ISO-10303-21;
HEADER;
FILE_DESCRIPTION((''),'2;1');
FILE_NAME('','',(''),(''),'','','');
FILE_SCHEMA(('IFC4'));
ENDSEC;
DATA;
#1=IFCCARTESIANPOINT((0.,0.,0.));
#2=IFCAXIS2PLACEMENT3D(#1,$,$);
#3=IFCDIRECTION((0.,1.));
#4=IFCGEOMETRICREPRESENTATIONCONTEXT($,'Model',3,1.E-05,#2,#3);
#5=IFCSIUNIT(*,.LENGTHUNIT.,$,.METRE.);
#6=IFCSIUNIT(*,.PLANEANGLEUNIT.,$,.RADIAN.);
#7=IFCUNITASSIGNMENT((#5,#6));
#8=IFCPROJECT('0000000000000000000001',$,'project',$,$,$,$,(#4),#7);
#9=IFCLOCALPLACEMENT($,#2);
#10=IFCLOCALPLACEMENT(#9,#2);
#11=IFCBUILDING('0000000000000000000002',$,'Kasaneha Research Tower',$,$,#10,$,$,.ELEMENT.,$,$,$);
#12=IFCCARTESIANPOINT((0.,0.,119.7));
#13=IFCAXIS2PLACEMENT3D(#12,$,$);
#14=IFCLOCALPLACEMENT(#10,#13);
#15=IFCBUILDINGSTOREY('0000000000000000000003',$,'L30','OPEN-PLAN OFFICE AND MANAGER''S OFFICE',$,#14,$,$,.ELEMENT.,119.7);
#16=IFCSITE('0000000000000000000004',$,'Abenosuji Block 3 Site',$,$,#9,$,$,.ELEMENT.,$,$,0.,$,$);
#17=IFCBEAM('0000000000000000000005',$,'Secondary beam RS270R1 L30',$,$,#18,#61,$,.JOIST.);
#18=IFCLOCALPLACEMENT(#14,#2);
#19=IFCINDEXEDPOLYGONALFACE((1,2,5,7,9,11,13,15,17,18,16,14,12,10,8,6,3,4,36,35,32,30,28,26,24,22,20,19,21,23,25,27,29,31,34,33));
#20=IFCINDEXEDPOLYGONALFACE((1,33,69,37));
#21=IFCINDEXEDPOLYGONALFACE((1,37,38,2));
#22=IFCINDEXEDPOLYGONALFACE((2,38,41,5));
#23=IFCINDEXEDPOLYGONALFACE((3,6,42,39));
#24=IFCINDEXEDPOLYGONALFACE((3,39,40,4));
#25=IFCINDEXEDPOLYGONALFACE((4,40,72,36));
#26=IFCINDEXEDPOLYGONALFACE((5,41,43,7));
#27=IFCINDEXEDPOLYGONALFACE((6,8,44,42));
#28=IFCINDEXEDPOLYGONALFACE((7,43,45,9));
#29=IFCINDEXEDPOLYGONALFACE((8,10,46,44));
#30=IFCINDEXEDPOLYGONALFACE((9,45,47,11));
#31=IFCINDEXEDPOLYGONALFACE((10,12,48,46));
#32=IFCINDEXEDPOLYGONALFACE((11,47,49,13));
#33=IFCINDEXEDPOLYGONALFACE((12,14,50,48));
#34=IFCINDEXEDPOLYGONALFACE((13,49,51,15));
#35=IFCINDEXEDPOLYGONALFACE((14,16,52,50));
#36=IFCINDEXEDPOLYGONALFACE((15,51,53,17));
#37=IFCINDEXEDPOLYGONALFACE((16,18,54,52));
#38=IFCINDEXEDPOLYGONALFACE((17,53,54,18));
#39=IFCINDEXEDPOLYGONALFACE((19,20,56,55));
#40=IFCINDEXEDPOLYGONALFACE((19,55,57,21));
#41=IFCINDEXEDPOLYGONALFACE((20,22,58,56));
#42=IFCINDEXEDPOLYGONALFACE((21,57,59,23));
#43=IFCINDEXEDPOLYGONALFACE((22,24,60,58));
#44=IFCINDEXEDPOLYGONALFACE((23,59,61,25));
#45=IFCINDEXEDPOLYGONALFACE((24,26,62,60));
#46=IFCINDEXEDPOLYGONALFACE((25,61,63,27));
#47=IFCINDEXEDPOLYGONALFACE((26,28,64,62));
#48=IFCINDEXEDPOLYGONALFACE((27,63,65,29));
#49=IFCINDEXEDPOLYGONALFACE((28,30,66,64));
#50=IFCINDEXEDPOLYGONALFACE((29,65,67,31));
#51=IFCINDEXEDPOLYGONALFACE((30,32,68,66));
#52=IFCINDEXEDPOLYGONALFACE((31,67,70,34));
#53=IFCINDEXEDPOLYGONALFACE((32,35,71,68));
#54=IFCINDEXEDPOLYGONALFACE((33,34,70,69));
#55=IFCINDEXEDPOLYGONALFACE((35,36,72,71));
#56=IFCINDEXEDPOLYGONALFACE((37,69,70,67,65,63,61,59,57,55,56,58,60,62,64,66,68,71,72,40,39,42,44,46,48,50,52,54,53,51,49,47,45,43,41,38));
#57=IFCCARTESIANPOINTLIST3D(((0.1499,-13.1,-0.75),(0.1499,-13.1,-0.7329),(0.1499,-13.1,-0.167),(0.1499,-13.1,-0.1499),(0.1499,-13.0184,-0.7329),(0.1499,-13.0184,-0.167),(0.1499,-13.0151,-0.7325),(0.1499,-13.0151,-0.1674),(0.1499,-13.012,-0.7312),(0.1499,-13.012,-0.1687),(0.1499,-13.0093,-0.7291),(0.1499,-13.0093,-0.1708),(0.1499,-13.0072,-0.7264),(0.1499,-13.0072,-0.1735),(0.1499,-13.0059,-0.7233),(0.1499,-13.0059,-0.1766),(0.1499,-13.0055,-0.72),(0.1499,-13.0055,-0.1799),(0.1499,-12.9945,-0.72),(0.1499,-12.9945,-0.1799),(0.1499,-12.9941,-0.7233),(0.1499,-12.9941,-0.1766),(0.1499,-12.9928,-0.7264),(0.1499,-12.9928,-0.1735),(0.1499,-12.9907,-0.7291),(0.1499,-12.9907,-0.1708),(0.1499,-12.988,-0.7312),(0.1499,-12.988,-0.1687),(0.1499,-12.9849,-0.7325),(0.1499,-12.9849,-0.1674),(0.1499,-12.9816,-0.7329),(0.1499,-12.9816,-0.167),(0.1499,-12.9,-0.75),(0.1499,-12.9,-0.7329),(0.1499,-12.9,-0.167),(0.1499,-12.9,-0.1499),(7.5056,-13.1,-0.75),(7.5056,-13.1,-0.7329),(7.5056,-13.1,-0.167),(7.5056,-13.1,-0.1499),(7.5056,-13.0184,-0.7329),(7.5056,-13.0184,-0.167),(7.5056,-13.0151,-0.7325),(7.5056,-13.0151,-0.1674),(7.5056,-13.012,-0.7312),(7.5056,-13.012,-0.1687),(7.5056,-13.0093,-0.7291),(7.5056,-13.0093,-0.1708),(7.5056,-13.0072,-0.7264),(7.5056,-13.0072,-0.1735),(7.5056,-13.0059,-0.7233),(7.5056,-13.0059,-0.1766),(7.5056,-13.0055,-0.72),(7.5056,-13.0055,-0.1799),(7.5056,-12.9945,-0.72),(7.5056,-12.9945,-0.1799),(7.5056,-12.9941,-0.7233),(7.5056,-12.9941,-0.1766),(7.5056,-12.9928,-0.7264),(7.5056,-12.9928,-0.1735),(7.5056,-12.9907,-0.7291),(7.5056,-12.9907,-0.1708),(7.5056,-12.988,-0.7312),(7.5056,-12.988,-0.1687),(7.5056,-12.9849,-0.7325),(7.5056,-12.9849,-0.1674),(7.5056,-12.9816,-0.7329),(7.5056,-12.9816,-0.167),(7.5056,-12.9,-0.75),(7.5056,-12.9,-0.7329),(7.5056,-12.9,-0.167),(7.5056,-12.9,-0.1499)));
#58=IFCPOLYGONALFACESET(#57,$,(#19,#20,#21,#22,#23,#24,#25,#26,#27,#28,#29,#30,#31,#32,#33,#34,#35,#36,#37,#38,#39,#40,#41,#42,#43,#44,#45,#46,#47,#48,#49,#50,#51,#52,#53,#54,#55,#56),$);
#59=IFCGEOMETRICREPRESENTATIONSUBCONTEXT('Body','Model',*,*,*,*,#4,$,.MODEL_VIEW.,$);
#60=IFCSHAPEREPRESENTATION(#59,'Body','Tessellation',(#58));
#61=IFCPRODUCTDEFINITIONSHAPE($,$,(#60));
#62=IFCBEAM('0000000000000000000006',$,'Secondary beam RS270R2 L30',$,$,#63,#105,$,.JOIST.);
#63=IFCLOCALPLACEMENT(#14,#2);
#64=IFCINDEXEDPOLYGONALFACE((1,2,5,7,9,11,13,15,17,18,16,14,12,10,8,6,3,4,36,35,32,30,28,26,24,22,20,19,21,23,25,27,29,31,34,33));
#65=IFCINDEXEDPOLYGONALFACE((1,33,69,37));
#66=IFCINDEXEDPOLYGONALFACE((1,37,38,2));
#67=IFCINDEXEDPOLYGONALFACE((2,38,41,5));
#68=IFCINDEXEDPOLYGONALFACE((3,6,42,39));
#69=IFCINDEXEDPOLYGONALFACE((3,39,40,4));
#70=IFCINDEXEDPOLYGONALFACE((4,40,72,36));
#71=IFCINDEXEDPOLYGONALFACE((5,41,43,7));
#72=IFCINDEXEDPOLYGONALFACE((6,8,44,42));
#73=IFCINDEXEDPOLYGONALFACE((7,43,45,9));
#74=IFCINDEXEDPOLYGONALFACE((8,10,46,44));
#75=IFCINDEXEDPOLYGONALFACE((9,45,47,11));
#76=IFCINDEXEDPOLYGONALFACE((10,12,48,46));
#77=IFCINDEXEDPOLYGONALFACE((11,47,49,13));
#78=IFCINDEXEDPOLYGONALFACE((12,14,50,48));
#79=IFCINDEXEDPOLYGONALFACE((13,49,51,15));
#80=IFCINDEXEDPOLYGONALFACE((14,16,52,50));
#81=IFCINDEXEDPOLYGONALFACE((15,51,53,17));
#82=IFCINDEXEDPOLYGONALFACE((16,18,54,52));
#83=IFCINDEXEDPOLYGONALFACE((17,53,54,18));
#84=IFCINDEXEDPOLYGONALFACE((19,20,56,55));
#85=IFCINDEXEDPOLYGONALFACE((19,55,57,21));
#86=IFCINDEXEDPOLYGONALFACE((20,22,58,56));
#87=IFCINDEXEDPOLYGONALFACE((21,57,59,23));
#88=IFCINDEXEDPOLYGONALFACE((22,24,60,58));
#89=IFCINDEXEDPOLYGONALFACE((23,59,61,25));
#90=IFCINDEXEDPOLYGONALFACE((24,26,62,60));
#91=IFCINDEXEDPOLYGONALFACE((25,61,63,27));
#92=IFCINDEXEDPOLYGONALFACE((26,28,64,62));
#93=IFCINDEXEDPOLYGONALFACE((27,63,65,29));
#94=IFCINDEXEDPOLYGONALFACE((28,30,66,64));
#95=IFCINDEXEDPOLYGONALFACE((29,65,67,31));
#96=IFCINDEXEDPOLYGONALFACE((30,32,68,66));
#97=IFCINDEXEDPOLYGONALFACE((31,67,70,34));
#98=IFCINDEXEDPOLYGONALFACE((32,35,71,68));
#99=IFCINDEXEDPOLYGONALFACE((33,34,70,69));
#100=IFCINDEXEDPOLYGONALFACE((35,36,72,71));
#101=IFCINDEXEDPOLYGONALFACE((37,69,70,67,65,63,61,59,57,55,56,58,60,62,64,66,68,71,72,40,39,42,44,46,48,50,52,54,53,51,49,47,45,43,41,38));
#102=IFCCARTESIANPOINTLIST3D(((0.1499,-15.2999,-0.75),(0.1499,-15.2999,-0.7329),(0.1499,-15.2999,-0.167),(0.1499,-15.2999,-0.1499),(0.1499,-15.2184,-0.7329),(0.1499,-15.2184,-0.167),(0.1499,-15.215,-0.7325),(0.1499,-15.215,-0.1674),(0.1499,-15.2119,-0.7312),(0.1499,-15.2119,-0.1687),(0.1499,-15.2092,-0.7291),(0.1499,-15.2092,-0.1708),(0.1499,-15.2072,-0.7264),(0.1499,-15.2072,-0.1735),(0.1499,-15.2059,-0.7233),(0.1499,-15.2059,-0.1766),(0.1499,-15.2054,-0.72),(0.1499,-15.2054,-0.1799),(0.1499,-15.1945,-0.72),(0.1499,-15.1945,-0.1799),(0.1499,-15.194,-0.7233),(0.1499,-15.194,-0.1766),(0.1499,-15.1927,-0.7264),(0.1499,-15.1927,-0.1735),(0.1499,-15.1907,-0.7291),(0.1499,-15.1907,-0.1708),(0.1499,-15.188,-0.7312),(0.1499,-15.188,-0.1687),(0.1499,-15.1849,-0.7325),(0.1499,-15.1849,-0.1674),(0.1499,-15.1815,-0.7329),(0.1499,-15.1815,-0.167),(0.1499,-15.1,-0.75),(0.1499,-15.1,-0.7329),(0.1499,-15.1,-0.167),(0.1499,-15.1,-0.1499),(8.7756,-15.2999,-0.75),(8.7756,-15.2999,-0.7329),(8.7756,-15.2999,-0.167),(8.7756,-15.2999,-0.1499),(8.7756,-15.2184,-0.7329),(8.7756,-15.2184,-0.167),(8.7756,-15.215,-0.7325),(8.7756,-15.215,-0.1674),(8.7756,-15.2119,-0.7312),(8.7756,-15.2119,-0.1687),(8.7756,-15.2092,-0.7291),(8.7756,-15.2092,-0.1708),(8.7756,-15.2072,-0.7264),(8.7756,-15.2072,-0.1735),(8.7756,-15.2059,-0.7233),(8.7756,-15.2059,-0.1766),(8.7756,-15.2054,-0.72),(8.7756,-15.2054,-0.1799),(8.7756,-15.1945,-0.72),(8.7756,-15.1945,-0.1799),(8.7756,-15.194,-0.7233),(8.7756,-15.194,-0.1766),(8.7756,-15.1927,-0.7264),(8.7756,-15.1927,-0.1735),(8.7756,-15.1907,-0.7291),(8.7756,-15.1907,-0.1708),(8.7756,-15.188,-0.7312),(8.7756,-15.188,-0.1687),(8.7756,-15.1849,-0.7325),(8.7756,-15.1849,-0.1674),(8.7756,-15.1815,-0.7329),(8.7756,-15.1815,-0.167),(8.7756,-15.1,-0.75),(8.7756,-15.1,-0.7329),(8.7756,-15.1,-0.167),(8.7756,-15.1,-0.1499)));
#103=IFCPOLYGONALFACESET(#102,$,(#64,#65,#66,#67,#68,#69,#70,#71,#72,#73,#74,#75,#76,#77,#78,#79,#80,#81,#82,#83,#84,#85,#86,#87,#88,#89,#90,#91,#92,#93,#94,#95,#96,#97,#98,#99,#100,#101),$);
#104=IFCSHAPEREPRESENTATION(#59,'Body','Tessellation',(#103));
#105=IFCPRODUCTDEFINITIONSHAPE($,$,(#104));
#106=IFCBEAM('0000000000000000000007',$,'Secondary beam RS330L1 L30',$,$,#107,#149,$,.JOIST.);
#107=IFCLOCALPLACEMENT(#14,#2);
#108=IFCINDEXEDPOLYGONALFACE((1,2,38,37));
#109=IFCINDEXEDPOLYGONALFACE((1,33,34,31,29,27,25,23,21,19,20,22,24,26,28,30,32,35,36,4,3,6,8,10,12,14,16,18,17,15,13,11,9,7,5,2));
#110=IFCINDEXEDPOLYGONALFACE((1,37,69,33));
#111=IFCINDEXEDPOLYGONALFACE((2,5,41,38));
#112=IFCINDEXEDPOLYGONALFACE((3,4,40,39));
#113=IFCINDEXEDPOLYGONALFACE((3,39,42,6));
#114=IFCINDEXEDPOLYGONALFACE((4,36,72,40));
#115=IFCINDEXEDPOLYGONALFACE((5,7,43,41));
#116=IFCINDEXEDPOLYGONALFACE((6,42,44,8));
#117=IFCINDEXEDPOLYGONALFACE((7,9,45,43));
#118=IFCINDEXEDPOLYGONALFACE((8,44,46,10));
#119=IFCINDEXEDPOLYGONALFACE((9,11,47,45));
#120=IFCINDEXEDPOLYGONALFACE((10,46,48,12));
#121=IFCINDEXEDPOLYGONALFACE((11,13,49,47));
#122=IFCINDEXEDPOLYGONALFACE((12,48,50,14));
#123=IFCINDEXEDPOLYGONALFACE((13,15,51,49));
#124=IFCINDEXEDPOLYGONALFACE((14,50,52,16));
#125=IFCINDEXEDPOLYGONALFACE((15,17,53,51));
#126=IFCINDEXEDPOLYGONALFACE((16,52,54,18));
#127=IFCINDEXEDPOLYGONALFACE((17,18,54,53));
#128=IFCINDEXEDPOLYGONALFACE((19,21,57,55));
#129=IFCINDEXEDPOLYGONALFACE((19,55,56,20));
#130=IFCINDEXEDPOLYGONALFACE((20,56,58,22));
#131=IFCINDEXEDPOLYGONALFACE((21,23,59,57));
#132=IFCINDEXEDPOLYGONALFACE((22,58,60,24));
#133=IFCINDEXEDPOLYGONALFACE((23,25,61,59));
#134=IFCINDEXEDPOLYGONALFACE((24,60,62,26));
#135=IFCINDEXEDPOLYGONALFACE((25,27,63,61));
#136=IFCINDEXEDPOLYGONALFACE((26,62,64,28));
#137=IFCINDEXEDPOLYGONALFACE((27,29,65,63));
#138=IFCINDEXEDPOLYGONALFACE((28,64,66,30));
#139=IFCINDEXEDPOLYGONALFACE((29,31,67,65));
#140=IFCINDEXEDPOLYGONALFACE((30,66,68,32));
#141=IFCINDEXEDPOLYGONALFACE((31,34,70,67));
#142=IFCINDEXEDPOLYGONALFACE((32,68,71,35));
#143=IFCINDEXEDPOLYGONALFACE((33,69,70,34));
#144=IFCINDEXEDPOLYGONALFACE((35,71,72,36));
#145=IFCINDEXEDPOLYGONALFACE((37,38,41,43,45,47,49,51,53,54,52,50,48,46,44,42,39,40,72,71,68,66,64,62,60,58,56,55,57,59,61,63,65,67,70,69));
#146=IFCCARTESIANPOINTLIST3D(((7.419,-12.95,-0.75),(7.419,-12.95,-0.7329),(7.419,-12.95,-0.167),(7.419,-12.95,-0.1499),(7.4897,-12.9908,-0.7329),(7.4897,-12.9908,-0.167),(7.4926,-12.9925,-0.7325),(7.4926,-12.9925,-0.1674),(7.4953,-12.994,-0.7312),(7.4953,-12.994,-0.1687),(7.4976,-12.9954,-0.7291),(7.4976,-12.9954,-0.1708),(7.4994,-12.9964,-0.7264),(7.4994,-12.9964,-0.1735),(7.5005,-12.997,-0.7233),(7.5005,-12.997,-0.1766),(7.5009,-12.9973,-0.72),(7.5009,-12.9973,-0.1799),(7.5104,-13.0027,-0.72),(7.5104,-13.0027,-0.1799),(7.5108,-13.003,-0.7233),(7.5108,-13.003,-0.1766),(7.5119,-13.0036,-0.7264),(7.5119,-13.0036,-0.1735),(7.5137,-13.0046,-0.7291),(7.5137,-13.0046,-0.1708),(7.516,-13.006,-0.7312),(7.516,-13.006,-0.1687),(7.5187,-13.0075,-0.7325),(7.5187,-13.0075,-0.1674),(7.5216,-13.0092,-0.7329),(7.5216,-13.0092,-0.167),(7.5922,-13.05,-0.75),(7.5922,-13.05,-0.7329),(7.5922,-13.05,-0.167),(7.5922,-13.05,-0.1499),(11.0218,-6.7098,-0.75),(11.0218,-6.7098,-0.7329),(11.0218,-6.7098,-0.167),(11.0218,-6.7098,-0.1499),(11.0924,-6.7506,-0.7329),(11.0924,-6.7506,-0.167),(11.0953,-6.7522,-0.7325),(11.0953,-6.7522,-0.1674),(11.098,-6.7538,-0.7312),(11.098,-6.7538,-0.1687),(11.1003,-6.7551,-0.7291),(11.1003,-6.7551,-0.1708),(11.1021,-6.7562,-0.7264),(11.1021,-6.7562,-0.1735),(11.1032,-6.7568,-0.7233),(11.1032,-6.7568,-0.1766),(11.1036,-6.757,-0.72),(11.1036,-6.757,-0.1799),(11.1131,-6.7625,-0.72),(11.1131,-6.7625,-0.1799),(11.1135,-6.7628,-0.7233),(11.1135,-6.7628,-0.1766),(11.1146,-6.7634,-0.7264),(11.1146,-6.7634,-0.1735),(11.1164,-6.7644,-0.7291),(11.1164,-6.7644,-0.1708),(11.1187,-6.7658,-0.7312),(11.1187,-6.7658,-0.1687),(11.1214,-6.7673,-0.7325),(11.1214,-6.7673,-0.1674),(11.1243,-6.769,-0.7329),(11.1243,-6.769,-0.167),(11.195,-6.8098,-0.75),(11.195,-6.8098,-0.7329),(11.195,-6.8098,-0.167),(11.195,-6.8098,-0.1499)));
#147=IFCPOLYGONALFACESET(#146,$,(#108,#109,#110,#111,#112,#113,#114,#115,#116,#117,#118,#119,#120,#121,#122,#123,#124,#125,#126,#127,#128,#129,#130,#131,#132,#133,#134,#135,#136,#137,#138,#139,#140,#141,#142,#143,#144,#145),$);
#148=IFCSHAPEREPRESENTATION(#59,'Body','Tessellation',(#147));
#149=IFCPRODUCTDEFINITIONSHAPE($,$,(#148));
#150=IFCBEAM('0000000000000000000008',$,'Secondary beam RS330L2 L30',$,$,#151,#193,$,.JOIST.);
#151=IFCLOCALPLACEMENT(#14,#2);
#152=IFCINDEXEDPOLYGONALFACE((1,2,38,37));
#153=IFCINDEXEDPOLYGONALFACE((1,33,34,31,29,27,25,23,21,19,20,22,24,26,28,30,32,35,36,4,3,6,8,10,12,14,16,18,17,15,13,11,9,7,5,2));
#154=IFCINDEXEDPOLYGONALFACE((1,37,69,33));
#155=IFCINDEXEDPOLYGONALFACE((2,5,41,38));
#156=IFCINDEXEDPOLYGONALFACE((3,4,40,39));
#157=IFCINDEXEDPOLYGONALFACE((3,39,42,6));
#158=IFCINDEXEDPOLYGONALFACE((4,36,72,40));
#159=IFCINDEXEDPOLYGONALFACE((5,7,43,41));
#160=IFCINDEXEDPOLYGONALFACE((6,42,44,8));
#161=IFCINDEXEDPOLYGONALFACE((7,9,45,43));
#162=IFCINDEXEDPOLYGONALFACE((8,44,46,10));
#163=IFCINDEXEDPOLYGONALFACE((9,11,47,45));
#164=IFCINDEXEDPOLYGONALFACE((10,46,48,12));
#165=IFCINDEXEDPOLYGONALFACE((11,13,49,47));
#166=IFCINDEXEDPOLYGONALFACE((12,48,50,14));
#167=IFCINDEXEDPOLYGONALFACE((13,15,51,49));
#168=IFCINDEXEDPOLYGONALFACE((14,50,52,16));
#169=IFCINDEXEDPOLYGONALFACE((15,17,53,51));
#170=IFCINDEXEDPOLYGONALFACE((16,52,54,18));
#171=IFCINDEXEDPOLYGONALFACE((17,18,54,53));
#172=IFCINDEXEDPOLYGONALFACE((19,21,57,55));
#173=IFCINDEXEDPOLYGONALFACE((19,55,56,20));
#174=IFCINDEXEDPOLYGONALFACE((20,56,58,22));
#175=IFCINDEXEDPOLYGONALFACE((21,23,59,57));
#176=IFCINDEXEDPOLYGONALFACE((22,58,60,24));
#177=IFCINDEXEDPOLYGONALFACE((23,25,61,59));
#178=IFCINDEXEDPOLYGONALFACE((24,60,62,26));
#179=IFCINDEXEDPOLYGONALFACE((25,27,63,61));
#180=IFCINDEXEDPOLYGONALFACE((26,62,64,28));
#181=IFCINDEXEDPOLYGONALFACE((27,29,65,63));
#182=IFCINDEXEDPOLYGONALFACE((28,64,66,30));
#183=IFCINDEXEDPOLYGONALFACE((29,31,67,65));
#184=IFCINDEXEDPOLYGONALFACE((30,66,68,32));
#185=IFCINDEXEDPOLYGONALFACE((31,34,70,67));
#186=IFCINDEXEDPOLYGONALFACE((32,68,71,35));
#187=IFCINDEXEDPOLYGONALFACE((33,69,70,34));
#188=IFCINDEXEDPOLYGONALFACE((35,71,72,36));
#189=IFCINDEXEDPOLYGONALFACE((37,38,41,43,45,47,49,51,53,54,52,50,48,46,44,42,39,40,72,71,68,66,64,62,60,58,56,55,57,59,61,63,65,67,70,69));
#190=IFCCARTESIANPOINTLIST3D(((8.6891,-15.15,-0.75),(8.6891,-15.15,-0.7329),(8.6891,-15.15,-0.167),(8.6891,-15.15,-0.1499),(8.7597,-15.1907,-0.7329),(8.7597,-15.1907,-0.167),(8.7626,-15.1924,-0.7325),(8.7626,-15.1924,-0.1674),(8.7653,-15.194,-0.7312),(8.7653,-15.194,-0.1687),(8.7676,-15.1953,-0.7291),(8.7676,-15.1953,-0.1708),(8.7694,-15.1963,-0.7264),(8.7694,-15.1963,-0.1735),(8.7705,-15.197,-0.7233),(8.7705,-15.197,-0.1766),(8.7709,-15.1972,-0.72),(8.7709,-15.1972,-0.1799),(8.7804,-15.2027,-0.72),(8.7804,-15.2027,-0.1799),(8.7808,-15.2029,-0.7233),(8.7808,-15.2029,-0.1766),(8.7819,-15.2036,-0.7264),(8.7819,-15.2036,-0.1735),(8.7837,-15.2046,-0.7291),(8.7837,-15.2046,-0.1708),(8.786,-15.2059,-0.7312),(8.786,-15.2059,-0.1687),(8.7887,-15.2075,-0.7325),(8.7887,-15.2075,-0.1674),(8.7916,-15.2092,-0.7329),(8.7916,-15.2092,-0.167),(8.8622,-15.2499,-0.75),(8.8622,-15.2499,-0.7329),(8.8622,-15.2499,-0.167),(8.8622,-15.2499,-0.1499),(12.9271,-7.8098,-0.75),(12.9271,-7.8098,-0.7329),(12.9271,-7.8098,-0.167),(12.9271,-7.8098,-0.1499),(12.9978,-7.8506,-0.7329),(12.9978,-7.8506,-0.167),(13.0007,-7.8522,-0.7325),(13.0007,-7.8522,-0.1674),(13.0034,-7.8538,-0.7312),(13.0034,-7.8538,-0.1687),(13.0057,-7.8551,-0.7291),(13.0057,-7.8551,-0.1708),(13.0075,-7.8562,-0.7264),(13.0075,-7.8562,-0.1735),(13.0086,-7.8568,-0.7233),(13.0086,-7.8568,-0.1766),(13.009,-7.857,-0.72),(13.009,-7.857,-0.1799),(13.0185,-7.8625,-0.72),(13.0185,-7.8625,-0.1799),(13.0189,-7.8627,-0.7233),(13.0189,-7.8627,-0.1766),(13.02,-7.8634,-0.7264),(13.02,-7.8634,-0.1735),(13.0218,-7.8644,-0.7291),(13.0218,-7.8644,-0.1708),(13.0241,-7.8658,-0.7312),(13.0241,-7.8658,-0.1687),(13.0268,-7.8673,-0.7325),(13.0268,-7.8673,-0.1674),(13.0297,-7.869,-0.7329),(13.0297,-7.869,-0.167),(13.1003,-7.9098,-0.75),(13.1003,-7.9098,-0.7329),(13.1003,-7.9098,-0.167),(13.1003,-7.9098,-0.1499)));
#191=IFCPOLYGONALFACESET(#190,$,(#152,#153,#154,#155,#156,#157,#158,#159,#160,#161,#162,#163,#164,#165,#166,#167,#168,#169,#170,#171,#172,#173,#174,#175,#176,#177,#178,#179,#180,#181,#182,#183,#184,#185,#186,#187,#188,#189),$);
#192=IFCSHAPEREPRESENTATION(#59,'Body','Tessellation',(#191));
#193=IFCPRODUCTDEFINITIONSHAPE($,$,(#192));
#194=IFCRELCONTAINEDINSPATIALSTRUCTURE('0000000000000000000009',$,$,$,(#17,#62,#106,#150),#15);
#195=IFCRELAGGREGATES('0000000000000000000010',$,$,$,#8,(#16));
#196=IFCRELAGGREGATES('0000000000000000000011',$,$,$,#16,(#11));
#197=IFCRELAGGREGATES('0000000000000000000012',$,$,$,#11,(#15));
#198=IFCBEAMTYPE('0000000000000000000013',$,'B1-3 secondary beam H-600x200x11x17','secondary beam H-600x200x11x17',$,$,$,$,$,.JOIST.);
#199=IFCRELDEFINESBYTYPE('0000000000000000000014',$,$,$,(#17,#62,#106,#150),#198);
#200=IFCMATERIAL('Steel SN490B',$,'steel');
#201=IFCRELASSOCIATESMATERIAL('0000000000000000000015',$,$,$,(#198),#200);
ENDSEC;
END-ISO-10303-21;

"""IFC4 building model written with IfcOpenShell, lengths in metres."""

from ifc_helpers import new_model, si_unit, direction, frame, origin, origin_2d, place, context, subcontext, project, spatial, i_section, extrude, material, material_profile, profile_set, type_object, element, save


model = new_model("IFC4")

# Units and contexts
model_context = context("Model", 3, precision=1e-05, world=origin(), true_north=direction((0.0, 1.0)))
body_context = subcontext(model_context, "Body", "Model", "MODEL_VIEW")
ifc_project = project(units=[si_unit("LENGTHUNIT", "METRE"), si_unit("PLANEANGLEUNIT", "RADIAN")], contexts=[model_context])

# Site, building, storey
site_placement = place(None, origin())
site = spatial("IfcSite", under=ifc_project, at=site_placement, Name="Abenosuji Block 3 Site", CompositionType="ELEMENT", RefElevation=0.0)
building_placement = place(site_placement, origin())
building = spatial("IfcBuilding", under=site, at=building_placement, Name="Kasaneha Research Tower", CompositionType="ELEMENT")
storey_placement = place(building_placement, frame((0.0, 0.0, 119.7)))
storey = spatial("IfcBuildingStorey", under=building, at=storey_placement, Name="L30", Description="OPEN-PLAN OFFICE AND MANAGER'S OFFICE", CompositionType="ELEMENT", Elevation=119.7)

# Beams
ifc_material_1 = material(Name="Steel SN490B", Category="steel")
ifc_material_profile_1 = material_profile(ifc_material_1, i_section(OverallWidth=0.2, OverallDepth=0.6001, WebThickness=0.011, FlangeThickness=0.0171, FilletRadius=0.0129, at=origin_2d()), Name="H-600x200x11x17")
ifc_profile_set_1 = profile_set([ifc_material_profile_1], Name="Steel SN490B")
beam_type_1 = type_object("IfcBeamType", Name="B1-3 secondary beam H-600x200x11x17", Description="secondary beam H-600x200x11x17", PredefinedType="JOIST", material=ifc_profile_set_1)
beam_1_placement = place(storey_placement, frame((7.5056, -13.0, -0.45), z_axis=(-1.0, 0.0, 0.0), x_axis=(0.0, -1.0, 0.0)))
element("IfcBeam", 1, at=beam_1_placement, inside=storey, type_object=beam_type_1, Name="Secondary beam RS270R1 L30", PredefinedType="JOIST", context=body_context, shape_type="SweptSolid", body=[
    extrude(i_section(OverallWidth=0.2, OverallDepth=0.6001, WebThickness=0.011, FlangeThickness=0.0171, FilletRadius=0.0129, at=origin_2d()), origin(), (0.0, 0.0, 1.0), 7.3557),
])
beam_2_placement = place(storey_placement, frame((8.7756, -15.2, -0.45), z_axis=(-1.0, 0.0, 0.0), x_axis=(0.0, -1.0, 0.0)))
element("IfcBeam", 2, at=beam_2_placement, inside=storey, type_object=beam_type_1, Name="Secondary beam RS270R2 L30", PredefinedType="JOIST", context=body_context, shape_type="SweptSolid", body=[
    extrude(i_section(OverallWidth=0.2, OverallDepth=0.6001, WebThickness=0.011, FlangeThickness=0.0171, FilletRadius=0.0129, at=origin_2d()), origin(), (0.0, 0.0, 1.0), 8.6257),
])
beam_3_placement = place(storey_placement, frame((7.5056, -13.0, -0.45), z_axis=(0.499998, 0.866026, 0.0), x_axis=(-0.866026, 0.499998, 0.0)))
element("IfcBeam", 3, at=beam_3_placement, inside=storey, type_object=beam_type_1, Name="Secondary beam RS330L1 L30", PredefinedType="JOIST", context=body_context, shape_type="SweptSolid", body=[
    extrude(i_section(OverallWidth=0.2, OverallDepth=0.6001, WebThickness=0.011, FlangeThickness=0.0171, FilletRadius=0.0129, at=origin_2d()), origin(), (0.0, 0.0, 1.0), 7.2056),
])
beam_4_placement = place(storey_placement, frame((8.7756, -15.2, -0.45), z_axis=(0.500021, 0.866013, 0.0), x_axis=(-0.866013, 0.500021, 0.0)))
element("IfcBeam", 4, at=beam_4_placement, inside=storey, type_object=beam_type_1, Name="Secondary beam RS330L2 L30", PredefinedType="JOIST", context=body_context, shape_type="SweptSolid", body=[
    extrude(i_section(OverallWidth=0.2, OverallDepth=0.6001, WebThickness=0.011, FlangeThickness=0.0171, FilletRadius=0.0129, at=origin_2d()), origin(), (0.0, 0.0, 1.0), 8.4758),
])

save(model, "model.ifc")
